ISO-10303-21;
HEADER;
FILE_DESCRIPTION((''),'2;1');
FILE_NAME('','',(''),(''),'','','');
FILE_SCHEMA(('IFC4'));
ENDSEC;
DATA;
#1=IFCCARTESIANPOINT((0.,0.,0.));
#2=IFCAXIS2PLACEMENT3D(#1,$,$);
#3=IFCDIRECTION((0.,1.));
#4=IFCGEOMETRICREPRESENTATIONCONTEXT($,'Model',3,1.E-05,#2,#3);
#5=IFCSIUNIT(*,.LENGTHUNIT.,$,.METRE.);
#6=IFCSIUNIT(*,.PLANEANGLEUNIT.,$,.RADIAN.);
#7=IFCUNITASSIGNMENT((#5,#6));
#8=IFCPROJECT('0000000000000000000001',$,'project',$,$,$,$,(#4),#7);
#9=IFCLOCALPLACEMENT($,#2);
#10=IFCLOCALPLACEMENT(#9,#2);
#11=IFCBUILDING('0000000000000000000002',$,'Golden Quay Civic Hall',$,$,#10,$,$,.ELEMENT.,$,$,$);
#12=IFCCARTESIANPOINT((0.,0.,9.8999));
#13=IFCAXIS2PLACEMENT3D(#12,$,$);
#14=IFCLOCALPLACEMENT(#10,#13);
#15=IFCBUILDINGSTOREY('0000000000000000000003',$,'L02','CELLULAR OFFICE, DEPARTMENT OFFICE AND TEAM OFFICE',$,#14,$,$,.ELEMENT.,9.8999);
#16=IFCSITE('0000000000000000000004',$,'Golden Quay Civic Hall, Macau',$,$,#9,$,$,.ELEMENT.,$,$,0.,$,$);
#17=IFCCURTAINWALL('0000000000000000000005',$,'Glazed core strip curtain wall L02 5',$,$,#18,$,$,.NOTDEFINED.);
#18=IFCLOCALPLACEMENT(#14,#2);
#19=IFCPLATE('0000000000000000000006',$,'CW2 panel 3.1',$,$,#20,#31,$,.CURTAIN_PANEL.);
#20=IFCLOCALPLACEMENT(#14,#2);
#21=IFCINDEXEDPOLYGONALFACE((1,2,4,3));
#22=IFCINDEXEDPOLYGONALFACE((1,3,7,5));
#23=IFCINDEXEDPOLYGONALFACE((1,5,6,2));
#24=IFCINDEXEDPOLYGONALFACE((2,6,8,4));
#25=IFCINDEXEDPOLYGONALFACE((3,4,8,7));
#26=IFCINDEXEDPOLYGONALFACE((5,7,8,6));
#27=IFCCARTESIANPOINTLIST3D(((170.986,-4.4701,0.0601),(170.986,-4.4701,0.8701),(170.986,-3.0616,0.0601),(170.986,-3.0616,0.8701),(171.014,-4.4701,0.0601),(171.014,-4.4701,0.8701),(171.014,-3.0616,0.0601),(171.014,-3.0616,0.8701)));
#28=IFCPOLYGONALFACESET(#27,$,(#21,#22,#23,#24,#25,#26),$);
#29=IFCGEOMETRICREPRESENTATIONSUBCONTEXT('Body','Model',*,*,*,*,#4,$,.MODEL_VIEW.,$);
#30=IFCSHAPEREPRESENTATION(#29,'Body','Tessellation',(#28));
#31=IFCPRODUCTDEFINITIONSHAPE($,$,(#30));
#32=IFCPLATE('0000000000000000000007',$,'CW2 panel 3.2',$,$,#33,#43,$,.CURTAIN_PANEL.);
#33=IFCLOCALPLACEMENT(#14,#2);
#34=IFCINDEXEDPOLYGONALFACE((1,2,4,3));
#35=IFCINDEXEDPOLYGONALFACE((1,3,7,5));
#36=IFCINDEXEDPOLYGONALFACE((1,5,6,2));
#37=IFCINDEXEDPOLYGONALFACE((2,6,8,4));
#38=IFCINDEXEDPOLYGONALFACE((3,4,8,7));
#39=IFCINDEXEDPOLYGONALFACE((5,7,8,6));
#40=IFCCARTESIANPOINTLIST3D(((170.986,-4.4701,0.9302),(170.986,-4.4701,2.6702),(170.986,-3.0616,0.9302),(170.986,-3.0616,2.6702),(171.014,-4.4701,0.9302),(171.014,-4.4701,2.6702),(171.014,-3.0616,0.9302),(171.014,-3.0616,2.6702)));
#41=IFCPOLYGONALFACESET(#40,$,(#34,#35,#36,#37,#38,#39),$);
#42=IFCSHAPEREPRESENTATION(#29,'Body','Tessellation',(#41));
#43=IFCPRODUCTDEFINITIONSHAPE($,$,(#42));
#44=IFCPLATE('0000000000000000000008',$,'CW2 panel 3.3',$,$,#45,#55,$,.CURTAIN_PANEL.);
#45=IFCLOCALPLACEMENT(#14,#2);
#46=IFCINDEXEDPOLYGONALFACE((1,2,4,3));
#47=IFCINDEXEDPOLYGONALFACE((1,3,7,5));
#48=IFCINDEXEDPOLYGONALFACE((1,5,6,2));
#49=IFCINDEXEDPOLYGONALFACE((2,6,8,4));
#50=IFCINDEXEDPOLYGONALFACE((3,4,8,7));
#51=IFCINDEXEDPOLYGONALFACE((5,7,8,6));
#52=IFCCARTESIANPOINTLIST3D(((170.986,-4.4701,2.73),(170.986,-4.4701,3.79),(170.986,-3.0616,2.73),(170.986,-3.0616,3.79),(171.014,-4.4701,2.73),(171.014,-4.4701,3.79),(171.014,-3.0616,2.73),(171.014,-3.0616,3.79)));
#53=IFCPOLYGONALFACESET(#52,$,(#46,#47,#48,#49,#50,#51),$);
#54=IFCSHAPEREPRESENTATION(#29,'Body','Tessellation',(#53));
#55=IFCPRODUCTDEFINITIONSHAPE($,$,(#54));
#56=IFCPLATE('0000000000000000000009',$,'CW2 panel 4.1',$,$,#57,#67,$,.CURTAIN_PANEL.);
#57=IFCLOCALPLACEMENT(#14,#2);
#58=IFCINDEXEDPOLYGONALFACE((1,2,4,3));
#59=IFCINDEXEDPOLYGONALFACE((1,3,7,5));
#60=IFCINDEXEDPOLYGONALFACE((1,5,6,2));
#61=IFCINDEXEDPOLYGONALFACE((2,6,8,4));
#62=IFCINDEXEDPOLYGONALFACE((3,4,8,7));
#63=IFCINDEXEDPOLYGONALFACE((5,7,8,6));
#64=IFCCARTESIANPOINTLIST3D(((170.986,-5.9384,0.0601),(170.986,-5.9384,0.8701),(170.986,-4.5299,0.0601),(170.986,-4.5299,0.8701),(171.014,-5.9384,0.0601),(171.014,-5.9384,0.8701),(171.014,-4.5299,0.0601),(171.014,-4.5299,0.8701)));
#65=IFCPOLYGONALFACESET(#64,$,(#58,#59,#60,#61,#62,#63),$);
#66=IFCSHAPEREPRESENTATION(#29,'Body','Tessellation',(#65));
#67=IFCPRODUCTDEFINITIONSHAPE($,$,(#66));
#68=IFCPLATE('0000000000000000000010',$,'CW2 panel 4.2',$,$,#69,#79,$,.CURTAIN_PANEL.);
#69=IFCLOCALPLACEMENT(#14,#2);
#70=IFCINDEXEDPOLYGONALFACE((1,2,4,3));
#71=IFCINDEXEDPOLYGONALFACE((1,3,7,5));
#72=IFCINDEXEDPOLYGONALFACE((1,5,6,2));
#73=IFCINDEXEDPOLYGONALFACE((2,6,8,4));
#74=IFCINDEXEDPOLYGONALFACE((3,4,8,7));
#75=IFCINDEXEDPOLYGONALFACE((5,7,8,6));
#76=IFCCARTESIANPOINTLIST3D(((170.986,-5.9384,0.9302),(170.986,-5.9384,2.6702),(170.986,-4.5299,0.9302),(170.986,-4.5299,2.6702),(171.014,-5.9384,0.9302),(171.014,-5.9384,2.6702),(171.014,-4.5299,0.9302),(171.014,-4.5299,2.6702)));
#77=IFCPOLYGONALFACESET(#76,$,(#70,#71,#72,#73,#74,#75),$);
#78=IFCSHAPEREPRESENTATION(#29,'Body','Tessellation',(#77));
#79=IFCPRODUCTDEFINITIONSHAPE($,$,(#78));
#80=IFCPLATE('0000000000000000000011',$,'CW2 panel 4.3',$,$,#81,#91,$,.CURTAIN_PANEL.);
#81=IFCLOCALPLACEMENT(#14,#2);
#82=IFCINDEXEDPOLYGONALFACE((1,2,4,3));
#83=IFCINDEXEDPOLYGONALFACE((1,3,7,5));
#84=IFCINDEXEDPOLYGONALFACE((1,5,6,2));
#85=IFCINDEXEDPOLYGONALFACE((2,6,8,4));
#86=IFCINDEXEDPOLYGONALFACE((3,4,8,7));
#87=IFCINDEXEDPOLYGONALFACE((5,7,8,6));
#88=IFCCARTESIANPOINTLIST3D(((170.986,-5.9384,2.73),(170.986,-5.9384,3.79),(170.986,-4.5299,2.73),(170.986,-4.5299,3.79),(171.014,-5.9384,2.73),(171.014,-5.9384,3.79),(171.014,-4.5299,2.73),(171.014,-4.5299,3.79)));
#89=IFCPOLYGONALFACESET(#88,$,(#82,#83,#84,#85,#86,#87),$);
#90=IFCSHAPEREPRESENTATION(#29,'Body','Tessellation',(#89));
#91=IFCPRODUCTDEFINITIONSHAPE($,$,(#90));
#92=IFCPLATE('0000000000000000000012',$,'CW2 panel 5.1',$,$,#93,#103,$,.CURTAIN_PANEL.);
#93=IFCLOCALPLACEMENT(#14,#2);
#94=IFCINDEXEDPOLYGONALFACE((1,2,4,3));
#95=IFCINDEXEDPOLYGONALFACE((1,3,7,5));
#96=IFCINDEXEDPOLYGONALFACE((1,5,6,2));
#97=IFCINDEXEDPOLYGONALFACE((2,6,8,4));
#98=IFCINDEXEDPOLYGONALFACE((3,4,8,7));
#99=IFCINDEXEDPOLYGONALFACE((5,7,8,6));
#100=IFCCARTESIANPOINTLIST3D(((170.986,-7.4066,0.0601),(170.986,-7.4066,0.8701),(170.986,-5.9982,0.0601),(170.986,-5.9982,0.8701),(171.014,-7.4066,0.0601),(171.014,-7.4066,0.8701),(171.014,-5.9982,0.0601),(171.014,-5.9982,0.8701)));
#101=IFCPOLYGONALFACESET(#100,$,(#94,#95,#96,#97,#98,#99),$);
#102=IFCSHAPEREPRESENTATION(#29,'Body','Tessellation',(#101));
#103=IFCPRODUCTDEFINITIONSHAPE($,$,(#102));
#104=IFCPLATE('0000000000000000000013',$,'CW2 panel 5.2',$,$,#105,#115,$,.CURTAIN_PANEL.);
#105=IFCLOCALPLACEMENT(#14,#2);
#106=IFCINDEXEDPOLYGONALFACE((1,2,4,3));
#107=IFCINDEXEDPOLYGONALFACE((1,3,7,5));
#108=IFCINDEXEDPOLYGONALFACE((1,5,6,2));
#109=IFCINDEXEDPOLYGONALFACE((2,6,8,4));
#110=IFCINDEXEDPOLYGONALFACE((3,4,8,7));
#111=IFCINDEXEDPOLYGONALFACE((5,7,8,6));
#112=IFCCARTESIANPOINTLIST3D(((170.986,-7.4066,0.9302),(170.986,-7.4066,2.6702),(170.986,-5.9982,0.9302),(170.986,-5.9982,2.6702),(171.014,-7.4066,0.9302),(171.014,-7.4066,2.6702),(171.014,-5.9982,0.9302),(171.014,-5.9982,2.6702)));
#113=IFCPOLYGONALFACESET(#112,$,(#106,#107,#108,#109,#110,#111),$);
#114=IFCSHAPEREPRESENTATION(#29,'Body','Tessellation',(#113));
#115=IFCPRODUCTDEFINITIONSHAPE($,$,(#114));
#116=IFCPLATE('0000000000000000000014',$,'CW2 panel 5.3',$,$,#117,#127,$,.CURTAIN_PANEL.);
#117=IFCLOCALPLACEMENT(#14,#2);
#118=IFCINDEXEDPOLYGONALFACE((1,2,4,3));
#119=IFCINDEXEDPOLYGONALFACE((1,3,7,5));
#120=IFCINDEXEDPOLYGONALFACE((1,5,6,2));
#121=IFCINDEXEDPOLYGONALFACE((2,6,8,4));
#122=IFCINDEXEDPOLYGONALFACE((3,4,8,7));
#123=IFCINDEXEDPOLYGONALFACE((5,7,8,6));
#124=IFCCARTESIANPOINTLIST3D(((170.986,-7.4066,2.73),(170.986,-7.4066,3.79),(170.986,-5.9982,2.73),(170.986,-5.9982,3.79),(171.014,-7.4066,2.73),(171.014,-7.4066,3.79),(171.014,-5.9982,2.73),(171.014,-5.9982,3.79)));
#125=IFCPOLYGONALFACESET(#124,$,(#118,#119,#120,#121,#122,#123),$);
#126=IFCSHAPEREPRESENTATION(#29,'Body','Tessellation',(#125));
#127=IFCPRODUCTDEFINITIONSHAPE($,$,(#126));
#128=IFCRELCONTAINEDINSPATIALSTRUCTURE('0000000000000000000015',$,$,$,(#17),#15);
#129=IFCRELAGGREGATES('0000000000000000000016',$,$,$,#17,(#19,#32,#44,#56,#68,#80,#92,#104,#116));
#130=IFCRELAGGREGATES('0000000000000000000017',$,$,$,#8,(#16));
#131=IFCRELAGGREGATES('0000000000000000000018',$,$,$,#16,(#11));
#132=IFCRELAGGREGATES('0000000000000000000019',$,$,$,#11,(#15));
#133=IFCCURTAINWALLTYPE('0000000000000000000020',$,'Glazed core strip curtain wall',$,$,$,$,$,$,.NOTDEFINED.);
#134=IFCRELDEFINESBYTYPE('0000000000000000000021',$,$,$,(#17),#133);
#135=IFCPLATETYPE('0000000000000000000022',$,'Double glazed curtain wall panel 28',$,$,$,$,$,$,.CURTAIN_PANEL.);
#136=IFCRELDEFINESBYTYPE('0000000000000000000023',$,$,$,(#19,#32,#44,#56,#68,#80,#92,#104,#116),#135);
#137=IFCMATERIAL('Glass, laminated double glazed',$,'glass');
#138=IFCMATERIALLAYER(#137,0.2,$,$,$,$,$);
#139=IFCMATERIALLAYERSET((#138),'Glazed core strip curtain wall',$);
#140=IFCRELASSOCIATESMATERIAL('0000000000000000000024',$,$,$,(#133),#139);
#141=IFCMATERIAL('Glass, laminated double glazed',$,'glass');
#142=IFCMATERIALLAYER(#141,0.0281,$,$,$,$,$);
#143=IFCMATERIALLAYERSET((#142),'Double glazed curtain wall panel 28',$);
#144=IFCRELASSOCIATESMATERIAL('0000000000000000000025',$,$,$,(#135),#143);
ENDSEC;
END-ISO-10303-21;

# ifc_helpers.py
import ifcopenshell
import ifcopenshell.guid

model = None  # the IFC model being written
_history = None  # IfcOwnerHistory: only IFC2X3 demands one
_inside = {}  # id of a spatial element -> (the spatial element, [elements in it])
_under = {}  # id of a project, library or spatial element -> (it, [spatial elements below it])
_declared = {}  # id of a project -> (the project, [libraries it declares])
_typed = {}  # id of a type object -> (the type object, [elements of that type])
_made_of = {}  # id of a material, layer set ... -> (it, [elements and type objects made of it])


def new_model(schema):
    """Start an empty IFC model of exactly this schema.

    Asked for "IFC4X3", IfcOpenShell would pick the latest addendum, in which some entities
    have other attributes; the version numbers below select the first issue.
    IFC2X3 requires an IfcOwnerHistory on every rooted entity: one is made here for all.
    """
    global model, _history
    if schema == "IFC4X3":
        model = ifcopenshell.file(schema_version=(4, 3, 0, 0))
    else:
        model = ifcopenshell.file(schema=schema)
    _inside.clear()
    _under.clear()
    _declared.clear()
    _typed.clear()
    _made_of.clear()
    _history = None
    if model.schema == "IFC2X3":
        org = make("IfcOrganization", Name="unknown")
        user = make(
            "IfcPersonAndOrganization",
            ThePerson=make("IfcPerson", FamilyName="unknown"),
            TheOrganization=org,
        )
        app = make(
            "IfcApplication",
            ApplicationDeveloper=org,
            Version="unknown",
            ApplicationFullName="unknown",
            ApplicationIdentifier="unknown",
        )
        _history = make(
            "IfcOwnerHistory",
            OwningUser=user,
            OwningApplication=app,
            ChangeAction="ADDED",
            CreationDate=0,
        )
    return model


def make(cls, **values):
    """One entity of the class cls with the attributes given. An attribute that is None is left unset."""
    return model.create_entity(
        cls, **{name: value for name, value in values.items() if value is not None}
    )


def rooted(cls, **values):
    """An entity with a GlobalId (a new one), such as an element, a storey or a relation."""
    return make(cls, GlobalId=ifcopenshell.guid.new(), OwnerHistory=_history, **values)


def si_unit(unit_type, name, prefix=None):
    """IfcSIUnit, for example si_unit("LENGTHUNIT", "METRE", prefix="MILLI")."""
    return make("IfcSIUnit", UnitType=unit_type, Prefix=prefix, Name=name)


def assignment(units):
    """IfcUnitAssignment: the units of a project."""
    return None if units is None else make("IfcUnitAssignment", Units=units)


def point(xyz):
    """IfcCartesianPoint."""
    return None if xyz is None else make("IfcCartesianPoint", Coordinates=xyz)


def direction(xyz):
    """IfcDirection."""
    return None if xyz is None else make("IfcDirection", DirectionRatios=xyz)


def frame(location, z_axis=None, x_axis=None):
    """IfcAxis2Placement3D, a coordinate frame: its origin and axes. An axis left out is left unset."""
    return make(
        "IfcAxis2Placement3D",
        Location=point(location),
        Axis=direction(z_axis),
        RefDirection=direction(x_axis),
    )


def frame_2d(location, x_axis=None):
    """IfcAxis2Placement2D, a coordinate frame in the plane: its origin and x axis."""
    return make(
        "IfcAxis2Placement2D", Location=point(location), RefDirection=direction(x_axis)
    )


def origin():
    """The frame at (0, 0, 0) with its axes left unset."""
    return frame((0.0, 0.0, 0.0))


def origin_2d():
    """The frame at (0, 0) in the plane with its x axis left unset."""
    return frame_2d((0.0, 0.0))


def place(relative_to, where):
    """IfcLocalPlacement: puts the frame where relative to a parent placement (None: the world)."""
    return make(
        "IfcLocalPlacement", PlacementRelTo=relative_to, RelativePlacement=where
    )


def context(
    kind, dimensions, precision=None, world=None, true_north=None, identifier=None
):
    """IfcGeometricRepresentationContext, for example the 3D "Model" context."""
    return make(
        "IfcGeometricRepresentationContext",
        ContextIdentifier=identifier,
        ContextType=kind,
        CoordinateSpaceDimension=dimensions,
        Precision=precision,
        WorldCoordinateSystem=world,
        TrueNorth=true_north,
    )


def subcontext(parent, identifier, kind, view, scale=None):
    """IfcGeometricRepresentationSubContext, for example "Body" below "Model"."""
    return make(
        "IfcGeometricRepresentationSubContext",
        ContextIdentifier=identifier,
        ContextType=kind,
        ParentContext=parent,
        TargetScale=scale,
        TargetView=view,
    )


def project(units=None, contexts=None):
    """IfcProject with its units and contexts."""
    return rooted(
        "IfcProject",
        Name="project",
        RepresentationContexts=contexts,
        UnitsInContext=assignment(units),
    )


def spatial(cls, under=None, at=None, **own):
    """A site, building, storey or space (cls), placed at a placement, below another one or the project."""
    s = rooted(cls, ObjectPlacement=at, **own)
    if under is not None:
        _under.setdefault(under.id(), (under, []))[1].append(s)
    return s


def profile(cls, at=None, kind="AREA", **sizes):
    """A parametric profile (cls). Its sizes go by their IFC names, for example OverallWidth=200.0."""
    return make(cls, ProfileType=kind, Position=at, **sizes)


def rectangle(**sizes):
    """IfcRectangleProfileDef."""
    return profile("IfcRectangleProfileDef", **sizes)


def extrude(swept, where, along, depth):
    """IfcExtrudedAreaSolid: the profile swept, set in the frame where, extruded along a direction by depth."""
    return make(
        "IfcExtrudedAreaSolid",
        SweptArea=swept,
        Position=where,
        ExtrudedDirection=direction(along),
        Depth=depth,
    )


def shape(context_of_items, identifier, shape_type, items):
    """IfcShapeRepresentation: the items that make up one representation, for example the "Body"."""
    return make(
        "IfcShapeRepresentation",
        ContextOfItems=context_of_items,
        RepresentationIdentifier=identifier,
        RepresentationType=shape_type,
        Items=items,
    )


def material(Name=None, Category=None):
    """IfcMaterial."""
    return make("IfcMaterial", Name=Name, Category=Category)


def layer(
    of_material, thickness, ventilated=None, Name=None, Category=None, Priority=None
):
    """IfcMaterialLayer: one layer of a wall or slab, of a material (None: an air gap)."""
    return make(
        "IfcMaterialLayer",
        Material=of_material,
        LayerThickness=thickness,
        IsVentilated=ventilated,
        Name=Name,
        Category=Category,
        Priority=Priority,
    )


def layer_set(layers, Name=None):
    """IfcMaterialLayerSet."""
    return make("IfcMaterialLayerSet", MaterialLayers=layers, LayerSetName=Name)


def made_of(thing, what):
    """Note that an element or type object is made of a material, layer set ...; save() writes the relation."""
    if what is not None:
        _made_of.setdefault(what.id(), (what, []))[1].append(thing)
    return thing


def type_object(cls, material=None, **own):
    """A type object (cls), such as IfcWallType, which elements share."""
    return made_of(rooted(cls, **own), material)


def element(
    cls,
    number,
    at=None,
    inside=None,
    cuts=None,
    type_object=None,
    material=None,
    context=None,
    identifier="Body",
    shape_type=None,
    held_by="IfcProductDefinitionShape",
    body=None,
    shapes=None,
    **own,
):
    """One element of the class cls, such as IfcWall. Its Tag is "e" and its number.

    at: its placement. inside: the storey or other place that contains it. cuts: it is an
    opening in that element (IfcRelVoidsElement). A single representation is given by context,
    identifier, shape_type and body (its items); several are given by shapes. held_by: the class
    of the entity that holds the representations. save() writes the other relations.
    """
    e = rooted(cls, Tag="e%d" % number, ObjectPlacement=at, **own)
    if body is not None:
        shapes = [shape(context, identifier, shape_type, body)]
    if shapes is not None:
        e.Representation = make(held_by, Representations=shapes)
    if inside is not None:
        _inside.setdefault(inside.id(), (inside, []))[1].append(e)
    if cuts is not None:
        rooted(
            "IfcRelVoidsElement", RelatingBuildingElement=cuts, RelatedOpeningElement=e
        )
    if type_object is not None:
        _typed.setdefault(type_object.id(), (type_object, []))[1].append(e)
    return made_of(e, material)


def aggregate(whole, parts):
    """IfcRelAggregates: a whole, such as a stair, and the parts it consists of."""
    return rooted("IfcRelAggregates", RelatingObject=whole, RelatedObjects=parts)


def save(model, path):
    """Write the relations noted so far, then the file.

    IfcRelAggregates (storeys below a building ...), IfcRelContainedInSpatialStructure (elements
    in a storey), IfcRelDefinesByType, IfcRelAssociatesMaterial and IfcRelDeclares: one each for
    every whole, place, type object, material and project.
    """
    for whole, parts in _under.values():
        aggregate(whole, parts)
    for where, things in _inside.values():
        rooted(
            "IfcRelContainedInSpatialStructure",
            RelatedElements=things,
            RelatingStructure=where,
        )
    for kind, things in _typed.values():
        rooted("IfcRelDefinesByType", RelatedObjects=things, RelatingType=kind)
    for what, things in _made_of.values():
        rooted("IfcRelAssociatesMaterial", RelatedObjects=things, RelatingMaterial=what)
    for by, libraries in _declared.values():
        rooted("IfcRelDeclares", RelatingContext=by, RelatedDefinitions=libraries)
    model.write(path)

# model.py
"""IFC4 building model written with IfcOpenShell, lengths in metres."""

from ifc_helpers import new_model, si_unit, direction, frame, origin, origin_2d, place, context, subcontext, project, spatial, rectangle, extrude, material, layer, layer_set, type_object, element, aggregate, save


model = new_model("IFC4")

# Units and contexts
model_context = context("Model", 3, precision=1e-05, world=origin(), true_north=direction((0.0, 1.0)))
body_context = subcontext(model_context, "Body", "Model", "MODEL_VIEW")
ifc_project = project(units=[si_unit("LENGTHUNIT", "METRE"), si_unit("PLANEANGLEUNIT", "RADIAN")], contexts=[model_context])

# Site, building, storey
site_placement = place(None, origin())
site = spatial("IfcSite", under=ifc_project, at=site_placement, Name="Golden Quay Civic Hall, Macau", CompositionType="ELEMENT", RefElevation=0.0)
building_placement = place(site_placement, origin())
building = spatial("IfcBuilding", under=site, at=building_placement, Name="Golden Quay Civic Hall", CompositionType="ELEMENT")
storey_placement = place(building_placement, frame((0.0, 0.0, 9.8999)))
storey = spatial("IfcBuildingStorey", under=building, at=storey_placement, Name="L02", Description="CELLULAR OFFICE, DEPARTMENT OFFICE AND TEAM OFFICE", CompositionType="ELEMENT", Elevation=9.8999)

# Curtain wall, plates
ifc_material_1 = material(Name="Glass, laminated double glazed", Category="glass")
ifc_layer_1 = layer(ifc_material_1, 0.2)
ifc_layer_set_1 = layer_set([ifc_layer_1], Name="Glazed core strip curtain wall")
curtain_wall_type = type_object("IfcCurtainWallType", Name="Glazed core strip curtain wall", PredefinedType="NOTDEFINED", material=ifc_layer_set_1)
curtain_wall_placement = place(storey_placement, origin())
curtain_wall = element("IfcCurtainWall", 1, at=curtain_wall_placement, inside=storey, type_object=curtain_wall_type, Name="Glazed core strip curtain wall L02 5", PredefinedType="NOTDEFINED")
ifc_material_2 = material(Name="Glass, laminated double glazed", Category="glass")
ifc_layer_2 = layer(ifc_material_2, 0.0281)
ifc_layer_set_2 = layer_set([ifc_layer_2], Name="Double glazed curtain wall panel 28")
plate_type = type_object("IfcPlateType", Name="Double glazed curtain wall panel 28", PredefinedType="CURTAIN_PANEL", material=ifc_layer_set_2)
plate_1_placement = place(storey_placement, frame((171.0, -3.7659, 0.0601), z_axis=(0.0, 0.0, 1.0), x_axis=(0.0, -1.0, 0.0)))
plate_1 = element("IfcPlate", 2, at=plate_1_placement, type_object=plate_type, Name="CW2 panel 3.1", PredefinedType="CURTAIN_PANEL", context=body_context, shape_type="SweptSolid", body=[
    extrude(rectangle(XDim=1.4084, YDim=0.0281, at=origin_2d()), origin(), (0.0, 0.0, 1.0), 0.8101),
])
plate_2_placement = place(storey_placement, frame((171.0, -3.7659, 0.9302), z_axis=(0.0, 0.0, 1.0), x_axis=(0.0, -1.0, 0.0)))
plate_2 = element("IfcPlate", 3, at=plate_2_placement, type_object=plate_type, Name="CW2 panel 3.2", PredefinedType="CURTAIN_PANEL", context=body_context, shape_type="SweptSolid", body=[
    extrude(rectangle(XDim=1.4084, YDim=0.0281, at=origin_2d()), origin(), (0.0, 0.0, 1.0), 1.74),
])
plate_3_placement = place(storey_placement, frame((171.0, -3.7659, 2.73), z_axis=(0.0, 0.0, 1.0), x_axis=(0.0, -1.0, 0.0)))
plate_3 = element("IfcPlate", 4, at=plate_3_placement, type_object=plate_type, Name="CW2 panel 3.3", PredefinedType="CURTAIN_PANEL", context=body_context, shape_type="SweptSolid", body=[
    extrude(rectangle(XDim=1.4084, YDim=0.0281, at=origin_2d()), origin(), (0.0, 0.0, 1.0), 1.0601),
])
plate_4_placement = place(storey_placement, frame((171.0, -5.2341, 0.0601), z_axis=(0.0, 0.0, 1.0), x_axis=(0.0, -1.0, 0.0)))
plate_4 = element("IfcPlate", 5, at=plate_4_placement, type_object=plate_type, Name="CW2 panel 4.1", PredefinedType="CURTAIN_PANEL", context=body_context, shape_type="SweptSolid", body=[
    extrude(rectangle(XDim=1.4084, YDim=0.0281, at=origin_2d()), origin(), (0.0, 0.0, 1.0), 0.8101),
])
plate_5_placement = place(storey_placement, frame((171.0, -5.2341, 0.9302), z_axis=(0.0, 0.0, 1.0), x_axis=(0.0, -1.0, 0.0)))
plate_5 = element("IfcPlate", 6, at=plate_5_placement, type_object=plate_type, Name="CW2 panel 4.2", PredefinedType="CURTAIN_PANEL", context=body_context, shape_type="SweptSolid", body=[
    extrude(rectangle(XDim=1.4084, YDim=0.0281, at=origin_2d()), origin(), (0.0, 0.0, 1.0), 1.74),
])
plate_6_placement = place(storey_placement, frame((171.0, -5.2341, 2.73), z_axis=(0.0, 0.0, 1.0), x_axis=(0.0, -1.0, 0.0)))
plate_6 = element("IfcPlate", 7, at=plate_6_placement, type_object=plate_type, Name="CW2 panel 4.3", PredefinedType="CURTAIN_PANEL", context=body_context, shape_type="SweptSolid", body=[
    extrude(rectangle(XDim=1.4084, YDim=0.0281, at=origin_2d()), origin(), (0.0, 0.0, 1.0), 1.0601),
])
plate_7_placement = place(storey_placement, frame((171.0, -6.7024, 0.0601), z_axis=(0.0, 0.0, 1.0), x_axis=(0.0, -1.0, 0.0)))
plate_7 = element("IfcPlate", 8, at=plate_7_placement, type_object=plate_type, Name="CW2 panel 5.1", PredefinedType="CURTAIN_PANEL", context=body_context, shape_type="SweptSolid", body=[
    extrude(rectangle(XDim=1.4084, YDim=0.0281, at=origin_2d()), origin(), (0.0, 0.0, 1.0), 0.8101),
])
plate_8_placement = place(storey_placement, frame((171.0, -6.7024, 0.9302), z_axis=(0.0, 0.0, 1.0), x_axis=(0.0, -1.0, 0.0)))
plate_8 = element("IfcPlate", 9, at=plate_8_placement, type_object=plate_type, Name="CW2 panel 5.2", PredefinedType="CURTAIN_PANEL", context=body_context, shape_type="SweptSolid", body=[
    extrude(rectangle(XDim=1.4084, YDim=0.0281, at=origin_2d()), origin(), (0.0, 0.0, 1.0), 1.74),
])
plate_9_placement = place(storey_placement, frame((171.0, -6.7024, 2.73), z_axis=(0.0, 0.0, 1.0), x_axis=(0.0, -1.0, 0.0)))
plate_9 = element("IfcPlate", 10, at=plate_9_placement, type_object=plate_type, Name="CW2 panel 5.3", PredefinedType="CURTAIN_PANEL", context=body_context, shape_type="SweptSolid", body=[
    extrude(rectangle(XDim=1.4084, YDim=0.0281, at=origin_2d()), origin(), (0.0, 0.0, 1.0), 1.0601),
])
aggregate(curtain_wall, [plate_1, plate_2, plate_3, plate_4, plate_5, plate_6, plate_7, plate_8, plate_9])

save(model, "model.ifc")
